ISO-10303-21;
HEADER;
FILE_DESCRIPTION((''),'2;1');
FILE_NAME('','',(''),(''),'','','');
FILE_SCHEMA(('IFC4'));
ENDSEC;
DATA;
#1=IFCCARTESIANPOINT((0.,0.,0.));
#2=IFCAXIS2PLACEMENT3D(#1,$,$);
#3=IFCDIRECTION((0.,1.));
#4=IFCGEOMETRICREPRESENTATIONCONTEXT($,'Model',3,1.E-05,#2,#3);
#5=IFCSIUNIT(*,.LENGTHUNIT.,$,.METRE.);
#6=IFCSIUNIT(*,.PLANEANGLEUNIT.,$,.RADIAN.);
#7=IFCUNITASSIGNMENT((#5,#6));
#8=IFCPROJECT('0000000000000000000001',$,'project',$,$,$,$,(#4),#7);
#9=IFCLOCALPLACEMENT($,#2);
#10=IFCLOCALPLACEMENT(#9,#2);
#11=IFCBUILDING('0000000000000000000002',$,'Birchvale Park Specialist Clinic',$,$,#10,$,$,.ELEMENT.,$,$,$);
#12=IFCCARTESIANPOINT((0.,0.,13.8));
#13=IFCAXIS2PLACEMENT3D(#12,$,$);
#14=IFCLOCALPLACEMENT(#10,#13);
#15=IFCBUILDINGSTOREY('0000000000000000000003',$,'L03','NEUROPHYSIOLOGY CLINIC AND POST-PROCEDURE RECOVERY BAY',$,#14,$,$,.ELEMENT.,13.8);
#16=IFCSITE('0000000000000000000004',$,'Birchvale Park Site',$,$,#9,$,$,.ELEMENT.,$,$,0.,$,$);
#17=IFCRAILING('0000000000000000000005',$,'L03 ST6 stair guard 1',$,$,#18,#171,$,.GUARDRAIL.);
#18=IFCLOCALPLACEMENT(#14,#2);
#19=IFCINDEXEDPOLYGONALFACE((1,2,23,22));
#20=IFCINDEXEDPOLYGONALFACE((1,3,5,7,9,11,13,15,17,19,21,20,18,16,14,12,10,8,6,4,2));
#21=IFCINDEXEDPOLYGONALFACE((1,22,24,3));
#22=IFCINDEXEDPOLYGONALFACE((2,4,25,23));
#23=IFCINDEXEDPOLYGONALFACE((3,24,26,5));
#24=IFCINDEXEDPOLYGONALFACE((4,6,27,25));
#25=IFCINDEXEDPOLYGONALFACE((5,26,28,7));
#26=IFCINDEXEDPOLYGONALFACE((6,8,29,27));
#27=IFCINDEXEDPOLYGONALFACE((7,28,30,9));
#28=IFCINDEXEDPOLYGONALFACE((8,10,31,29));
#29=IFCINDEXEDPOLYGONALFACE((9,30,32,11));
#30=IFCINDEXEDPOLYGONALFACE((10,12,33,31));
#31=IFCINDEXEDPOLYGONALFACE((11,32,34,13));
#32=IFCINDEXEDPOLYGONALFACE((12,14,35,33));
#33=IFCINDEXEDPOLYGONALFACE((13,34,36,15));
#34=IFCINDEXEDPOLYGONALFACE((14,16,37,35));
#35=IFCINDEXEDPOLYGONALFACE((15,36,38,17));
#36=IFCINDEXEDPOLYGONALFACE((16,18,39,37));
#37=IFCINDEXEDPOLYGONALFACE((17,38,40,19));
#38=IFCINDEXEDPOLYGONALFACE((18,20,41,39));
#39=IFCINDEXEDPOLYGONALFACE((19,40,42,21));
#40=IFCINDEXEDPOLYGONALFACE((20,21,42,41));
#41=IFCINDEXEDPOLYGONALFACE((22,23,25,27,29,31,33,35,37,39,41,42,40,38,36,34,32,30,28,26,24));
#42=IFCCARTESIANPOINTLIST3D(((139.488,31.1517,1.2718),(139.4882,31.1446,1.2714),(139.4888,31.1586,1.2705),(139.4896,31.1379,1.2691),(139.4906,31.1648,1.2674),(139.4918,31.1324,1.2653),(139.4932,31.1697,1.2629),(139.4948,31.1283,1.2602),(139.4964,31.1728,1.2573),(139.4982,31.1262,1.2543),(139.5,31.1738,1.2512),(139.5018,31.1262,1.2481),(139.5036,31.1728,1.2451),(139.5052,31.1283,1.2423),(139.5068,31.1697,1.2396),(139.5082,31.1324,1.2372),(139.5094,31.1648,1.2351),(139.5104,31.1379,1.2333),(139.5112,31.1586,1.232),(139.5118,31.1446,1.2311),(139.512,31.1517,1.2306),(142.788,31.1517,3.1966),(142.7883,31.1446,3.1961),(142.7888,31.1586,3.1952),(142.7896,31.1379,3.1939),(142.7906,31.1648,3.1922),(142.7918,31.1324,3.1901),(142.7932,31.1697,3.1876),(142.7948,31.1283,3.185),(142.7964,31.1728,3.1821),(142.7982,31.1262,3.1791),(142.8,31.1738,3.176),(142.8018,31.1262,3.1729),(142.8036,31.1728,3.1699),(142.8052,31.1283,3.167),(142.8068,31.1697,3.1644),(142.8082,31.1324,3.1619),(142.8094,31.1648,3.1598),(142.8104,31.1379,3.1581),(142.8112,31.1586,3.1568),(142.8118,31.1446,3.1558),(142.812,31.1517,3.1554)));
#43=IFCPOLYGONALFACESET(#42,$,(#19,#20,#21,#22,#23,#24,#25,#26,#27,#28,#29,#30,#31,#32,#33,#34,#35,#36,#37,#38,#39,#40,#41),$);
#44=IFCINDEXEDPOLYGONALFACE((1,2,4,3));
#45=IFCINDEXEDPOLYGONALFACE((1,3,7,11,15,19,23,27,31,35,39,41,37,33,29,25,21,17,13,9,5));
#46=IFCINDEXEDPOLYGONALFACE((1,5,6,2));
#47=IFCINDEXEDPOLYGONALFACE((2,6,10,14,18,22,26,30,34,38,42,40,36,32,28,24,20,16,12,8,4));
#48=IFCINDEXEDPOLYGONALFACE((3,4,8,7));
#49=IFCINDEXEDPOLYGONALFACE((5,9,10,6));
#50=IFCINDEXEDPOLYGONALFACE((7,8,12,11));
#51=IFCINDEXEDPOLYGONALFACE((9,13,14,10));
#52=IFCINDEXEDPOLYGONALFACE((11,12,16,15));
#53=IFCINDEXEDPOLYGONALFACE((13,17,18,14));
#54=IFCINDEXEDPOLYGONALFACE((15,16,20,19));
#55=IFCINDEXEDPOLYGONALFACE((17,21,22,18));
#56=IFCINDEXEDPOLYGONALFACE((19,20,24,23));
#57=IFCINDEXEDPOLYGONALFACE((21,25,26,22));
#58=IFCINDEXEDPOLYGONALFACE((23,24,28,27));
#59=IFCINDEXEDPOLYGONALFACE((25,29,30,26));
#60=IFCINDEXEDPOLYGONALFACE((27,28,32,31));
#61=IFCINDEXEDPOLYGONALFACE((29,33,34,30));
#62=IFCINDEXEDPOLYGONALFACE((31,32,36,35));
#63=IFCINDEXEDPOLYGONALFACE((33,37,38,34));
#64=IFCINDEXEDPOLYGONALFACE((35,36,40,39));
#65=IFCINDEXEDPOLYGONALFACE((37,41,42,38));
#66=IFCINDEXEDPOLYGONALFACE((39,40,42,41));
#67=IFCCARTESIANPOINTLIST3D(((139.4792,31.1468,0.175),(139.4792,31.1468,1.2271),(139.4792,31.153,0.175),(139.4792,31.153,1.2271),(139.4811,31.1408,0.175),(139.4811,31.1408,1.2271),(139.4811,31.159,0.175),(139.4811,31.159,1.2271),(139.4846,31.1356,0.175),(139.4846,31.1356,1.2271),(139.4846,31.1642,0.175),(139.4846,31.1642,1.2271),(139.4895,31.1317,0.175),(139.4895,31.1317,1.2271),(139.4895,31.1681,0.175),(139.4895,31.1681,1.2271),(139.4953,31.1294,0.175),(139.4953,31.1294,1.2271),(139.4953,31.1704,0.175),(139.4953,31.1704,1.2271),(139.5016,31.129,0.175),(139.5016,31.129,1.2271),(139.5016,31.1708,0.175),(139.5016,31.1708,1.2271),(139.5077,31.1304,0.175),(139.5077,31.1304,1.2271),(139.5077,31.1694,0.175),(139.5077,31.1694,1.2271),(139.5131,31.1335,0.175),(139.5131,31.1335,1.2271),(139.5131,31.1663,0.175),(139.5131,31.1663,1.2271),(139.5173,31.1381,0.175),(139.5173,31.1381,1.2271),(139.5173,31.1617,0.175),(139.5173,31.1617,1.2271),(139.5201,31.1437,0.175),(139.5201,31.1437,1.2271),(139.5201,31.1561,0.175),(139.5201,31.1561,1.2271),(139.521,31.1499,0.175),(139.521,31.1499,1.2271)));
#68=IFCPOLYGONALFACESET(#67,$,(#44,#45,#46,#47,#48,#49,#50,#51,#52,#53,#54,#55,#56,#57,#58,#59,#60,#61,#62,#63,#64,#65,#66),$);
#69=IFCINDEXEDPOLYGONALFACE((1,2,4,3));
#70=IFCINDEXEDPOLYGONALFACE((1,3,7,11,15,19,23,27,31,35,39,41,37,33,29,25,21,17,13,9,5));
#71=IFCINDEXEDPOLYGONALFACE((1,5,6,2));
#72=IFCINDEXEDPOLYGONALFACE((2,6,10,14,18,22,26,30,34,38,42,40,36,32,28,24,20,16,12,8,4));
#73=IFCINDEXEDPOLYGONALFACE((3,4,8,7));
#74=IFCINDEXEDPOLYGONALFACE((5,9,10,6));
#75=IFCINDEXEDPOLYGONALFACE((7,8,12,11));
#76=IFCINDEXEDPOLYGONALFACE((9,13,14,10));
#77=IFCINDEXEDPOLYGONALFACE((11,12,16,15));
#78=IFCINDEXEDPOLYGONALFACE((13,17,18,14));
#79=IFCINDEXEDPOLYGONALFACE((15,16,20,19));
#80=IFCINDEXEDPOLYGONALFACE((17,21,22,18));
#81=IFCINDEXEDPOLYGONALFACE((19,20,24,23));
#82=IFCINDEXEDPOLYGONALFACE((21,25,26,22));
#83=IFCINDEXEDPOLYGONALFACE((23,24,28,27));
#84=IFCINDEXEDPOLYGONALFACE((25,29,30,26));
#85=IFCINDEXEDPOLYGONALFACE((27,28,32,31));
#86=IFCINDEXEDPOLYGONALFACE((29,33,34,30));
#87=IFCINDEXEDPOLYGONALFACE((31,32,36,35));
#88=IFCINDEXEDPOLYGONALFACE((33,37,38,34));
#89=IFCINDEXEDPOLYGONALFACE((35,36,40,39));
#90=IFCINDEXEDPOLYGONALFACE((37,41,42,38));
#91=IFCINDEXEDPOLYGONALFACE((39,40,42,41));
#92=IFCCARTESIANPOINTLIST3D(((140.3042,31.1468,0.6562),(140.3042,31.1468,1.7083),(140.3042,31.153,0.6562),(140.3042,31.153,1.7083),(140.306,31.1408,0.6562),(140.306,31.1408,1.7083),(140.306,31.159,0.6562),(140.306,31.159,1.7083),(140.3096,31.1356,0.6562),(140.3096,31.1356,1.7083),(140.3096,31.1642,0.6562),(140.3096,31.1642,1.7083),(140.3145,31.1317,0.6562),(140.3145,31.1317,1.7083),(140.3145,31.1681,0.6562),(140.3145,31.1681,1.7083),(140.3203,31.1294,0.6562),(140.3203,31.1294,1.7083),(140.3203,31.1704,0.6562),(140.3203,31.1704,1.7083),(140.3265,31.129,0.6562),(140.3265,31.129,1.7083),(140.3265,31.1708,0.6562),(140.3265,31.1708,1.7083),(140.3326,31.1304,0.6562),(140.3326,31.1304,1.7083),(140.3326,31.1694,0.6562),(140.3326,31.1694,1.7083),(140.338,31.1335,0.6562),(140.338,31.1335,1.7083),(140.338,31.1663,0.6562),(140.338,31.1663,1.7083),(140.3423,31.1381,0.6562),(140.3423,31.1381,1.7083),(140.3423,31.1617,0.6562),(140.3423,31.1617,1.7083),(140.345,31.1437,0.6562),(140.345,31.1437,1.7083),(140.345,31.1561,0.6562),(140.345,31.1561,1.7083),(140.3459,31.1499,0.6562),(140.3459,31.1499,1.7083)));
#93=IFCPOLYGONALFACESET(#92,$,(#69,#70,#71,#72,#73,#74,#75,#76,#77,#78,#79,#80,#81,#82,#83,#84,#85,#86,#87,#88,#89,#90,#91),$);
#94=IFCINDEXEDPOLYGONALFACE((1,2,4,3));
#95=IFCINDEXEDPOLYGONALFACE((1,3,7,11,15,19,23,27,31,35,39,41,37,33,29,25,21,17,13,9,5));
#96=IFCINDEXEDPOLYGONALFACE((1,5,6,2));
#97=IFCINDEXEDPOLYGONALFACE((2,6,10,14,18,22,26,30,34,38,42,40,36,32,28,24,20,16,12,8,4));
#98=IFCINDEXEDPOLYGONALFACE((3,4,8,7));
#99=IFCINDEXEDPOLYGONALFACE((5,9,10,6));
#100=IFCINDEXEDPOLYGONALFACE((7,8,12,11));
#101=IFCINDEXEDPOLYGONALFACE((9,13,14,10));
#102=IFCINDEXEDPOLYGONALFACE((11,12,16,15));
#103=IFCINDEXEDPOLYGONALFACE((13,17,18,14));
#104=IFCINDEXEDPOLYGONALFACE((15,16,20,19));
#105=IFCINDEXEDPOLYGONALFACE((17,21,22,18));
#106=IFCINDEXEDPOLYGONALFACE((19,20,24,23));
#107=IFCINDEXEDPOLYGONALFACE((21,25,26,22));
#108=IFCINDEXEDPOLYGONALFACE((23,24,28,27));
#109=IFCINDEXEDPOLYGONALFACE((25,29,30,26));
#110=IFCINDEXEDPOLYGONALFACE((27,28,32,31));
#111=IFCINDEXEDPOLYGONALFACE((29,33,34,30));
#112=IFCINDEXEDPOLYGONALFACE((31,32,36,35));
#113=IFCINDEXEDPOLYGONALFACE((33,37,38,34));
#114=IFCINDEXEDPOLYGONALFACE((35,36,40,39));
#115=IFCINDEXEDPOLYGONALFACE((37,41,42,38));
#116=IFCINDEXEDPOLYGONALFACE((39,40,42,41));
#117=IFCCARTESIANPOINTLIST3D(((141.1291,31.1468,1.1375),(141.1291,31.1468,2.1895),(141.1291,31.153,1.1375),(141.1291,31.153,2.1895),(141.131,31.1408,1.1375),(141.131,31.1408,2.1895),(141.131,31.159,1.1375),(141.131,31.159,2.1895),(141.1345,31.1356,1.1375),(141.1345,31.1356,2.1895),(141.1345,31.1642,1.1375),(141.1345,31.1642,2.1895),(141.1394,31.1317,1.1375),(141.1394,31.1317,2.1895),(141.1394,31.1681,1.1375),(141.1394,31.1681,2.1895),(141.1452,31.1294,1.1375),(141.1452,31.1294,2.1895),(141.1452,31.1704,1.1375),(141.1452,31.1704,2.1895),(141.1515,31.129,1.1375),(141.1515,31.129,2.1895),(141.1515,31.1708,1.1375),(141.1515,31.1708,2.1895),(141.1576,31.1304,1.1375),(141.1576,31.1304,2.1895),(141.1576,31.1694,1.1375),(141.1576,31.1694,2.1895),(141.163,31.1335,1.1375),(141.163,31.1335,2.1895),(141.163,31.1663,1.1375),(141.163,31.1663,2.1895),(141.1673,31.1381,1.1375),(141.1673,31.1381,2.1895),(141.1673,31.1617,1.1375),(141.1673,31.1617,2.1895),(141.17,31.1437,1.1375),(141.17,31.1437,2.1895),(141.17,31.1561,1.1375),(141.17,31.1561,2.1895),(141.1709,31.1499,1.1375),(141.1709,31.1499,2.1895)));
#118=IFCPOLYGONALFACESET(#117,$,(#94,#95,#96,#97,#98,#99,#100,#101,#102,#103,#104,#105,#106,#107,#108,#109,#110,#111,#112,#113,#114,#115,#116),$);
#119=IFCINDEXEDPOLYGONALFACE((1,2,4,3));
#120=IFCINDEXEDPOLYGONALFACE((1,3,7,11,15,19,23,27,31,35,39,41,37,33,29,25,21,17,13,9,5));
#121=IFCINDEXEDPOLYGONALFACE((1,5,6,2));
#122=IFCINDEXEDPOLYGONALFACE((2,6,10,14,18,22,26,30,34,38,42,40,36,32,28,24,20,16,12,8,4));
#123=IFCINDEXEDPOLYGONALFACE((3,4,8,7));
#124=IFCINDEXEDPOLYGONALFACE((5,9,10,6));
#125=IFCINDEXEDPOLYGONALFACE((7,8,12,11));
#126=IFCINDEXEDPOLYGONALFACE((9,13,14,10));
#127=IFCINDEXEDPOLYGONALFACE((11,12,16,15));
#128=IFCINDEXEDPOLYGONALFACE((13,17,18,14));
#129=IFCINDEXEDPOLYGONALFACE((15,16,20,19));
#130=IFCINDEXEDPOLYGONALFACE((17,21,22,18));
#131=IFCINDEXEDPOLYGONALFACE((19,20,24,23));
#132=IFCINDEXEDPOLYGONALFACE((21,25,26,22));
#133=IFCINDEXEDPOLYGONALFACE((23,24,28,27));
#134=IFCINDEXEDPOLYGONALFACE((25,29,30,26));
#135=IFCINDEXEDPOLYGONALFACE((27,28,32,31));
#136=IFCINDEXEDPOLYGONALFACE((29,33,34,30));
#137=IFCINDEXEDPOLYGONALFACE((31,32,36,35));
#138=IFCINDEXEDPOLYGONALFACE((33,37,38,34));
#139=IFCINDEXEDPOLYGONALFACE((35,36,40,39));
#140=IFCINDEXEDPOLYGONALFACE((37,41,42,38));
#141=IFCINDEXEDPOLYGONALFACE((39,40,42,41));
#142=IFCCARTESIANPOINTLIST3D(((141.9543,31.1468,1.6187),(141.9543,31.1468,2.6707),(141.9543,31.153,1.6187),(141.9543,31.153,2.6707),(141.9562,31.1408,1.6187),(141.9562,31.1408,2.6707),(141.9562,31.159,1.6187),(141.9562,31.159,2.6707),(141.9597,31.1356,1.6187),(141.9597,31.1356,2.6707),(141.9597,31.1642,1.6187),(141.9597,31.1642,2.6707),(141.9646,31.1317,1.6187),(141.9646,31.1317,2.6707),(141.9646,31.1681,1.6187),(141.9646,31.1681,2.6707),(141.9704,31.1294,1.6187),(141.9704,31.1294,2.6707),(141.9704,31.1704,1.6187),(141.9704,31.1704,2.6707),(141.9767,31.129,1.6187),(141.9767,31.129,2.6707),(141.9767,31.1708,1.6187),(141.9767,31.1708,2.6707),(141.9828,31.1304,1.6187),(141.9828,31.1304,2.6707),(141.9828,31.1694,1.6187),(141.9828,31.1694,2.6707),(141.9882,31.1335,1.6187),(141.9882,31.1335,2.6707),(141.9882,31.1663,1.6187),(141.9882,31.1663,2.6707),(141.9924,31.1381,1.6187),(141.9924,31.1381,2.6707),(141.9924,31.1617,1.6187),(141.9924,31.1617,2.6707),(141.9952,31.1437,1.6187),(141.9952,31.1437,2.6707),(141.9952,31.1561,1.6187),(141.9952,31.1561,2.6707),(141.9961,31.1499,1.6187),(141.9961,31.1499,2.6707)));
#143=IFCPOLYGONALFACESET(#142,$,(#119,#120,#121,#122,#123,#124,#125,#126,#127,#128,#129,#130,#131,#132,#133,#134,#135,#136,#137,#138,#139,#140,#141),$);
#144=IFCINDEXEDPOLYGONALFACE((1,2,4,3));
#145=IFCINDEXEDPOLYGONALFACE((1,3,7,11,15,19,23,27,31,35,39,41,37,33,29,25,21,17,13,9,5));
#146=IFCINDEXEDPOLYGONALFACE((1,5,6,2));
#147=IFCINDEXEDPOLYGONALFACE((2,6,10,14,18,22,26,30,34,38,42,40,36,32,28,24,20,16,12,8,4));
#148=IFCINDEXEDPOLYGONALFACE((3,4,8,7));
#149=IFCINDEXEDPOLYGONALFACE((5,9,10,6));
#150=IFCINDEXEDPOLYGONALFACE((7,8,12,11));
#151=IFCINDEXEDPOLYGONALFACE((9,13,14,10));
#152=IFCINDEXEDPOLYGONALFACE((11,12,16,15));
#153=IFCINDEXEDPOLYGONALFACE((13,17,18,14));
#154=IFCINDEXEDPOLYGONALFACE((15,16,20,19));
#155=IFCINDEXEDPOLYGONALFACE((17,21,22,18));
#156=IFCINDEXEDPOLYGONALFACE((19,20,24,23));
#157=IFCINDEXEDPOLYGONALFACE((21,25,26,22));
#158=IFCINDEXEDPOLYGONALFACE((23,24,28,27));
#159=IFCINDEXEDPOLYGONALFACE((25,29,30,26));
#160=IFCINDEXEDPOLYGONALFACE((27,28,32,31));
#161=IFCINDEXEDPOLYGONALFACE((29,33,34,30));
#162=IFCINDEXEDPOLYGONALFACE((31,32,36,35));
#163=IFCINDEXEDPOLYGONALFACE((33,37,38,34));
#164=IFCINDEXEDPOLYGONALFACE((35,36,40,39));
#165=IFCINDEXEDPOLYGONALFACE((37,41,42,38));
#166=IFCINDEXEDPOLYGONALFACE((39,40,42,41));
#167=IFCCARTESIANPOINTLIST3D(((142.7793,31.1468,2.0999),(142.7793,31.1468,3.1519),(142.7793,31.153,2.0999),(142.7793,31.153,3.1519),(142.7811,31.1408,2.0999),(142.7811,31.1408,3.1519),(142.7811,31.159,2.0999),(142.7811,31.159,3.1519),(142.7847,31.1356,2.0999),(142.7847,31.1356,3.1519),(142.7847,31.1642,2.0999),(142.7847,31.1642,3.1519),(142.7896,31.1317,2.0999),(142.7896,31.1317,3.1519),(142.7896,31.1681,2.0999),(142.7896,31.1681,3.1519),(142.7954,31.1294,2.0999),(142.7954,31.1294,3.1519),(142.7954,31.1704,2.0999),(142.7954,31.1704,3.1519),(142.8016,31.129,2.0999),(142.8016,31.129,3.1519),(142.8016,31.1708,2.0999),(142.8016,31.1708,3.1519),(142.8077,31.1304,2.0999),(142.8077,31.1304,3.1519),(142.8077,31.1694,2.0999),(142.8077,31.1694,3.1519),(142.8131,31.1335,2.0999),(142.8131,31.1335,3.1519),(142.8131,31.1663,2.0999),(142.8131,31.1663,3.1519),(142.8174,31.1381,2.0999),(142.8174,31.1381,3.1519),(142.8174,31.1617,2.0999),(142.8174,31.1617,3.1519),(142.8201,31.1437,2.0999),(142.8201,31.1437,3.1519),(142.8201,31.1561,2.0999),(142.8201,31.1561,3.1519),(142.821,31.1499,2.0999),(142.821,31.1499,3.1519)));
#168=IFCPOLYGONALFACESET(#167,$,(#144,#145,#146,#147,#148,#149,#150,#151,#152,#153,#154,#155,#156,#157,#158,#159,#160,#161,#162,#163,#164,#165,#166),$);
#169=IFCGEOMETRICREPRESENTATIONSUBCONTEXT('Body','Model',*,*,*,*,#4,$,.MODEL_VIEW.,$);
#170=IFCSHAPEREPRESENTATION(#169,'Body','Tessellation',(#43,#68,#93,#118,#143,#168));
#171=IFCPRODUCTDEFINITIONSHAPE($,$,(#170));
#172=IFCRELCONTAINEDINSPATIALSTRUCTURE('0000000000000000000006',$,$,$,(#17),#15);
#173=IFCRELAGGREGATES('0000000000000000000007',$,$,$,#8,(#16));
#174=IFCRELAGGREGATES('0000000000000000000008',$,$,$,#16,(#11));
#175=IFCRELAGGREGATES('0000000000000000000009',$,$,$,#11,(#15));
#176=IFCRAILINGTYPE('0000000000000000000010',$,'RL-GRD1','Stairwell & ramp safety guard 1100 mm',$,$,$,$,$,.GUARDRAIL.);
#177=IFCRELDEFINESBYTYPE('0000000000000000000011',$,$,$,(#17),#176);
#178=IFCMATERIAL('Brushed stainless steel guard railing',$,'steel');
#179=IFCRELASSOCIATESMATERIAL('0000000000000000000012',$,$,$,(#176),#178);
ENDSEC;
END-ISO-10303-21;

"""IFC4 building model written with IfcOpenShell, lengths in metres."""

from ifc_helpers import new_model, si_unit, direction, frame, origin, origin_2d, place, context, subcontext, project, spatial, circle, extrude, material, type_object, element, save


model = new_model("IFC4")

# Units and contexts
model_context = context("Model", 3, precision=1e-05, world=origin(), true_north=direction((0.0, 1.0)))
body_context = subcontext(model_context, "Body", "Model", "MODEL_VIEW")
ifc_project = project(units=[si_unit("LENGTHUNIT", "METRE"), si_unit("PLANEANGLEUNIT", "RADIAN")], contexts=[model_context])

# Site, building, storey
site_placement = place(None, origin())
site = spatial("IfcSite", under=ifc_project, at=site_placement, Name="Birchvale Park Site", CompositionType="ELEMENT", RefElevation=0.0)
building_placement = place(site_placement, origin())
building = spatial("IfcBuilding", under=site, at=building_placement, Name="Birchvale Park Specialist Clinic", CompositionType="ELEMENT")
storey_placement = place(building_placement, frame((0.0, 0.0, 13.8)))
storey = spatial("IfcBuildingStorey", under=building, at=storey_placement, Name="L03", Description="NEUROPHYSIOLOGY CLINIC AND POST-PROCEDURE RECOVERY BAY", CompositionType="ELEMENT", Elevation=13.8)

# Railing
ifc_material_1 = material(Name="Brushed stainless steel guard railing", Category="steel")
railing_type_1 = type_object("IfcRailingType", Name="RL-GRD1", Description="Stairwell & ramp safety guard 1100 mm", PredefinedType="GUARDRAIL", material=ifc_material_1)
railing_1_placement = place(storey_placement, frame((139.5, 31.1499, 0.175)))
element("IfcRailing", 1, at=railing_1_placement, inside=storey, type_object=railing_type_1, Name="L03 ST6 stair guard 1", PredefinedType="GUARDRAIL", context=body_context, shape_type="SweptSolid", body=[
    extrude(circle(Radius=0.0239, at=origin_2d()), frame((0.0, 0.0, 1.0762), z_axis=(0.863804, 0.0, 0.503827), x_axis=(0.0, 1.0, 0.0)), (0.0, 0.0, 1.0), 3.8203),
    extrude(circle(Radius=0.021, at=origin_2d()), origin(), (0.0, 0.0, 1.0), 1.052),
    extrude(circle(Radius=0.021, at=origin_2d()), frame((0.825, 0.0, 0.4812)), (0.0, 0.0, 1.0), 1.052),
    extrude(circle(Radius=0.021, at=origin_2d()), frame((1.6499, 0.0, 0.9624)), (0.0, 0.0, 1.0), 1.052),
    extrude(circle(Radius=0.021, at=origin_2d()), frame((2.4751, 0.0, 1.4436)), (0.0, 0.0, 1.0), 1.052),
    extrude(circle(Radius=0.021, at=origin_2d()), frame((3.3, 0.0, 1.9248)), (0.0, 0.0, 1.0), 1.052),
])

save(model, "model.ifc")
